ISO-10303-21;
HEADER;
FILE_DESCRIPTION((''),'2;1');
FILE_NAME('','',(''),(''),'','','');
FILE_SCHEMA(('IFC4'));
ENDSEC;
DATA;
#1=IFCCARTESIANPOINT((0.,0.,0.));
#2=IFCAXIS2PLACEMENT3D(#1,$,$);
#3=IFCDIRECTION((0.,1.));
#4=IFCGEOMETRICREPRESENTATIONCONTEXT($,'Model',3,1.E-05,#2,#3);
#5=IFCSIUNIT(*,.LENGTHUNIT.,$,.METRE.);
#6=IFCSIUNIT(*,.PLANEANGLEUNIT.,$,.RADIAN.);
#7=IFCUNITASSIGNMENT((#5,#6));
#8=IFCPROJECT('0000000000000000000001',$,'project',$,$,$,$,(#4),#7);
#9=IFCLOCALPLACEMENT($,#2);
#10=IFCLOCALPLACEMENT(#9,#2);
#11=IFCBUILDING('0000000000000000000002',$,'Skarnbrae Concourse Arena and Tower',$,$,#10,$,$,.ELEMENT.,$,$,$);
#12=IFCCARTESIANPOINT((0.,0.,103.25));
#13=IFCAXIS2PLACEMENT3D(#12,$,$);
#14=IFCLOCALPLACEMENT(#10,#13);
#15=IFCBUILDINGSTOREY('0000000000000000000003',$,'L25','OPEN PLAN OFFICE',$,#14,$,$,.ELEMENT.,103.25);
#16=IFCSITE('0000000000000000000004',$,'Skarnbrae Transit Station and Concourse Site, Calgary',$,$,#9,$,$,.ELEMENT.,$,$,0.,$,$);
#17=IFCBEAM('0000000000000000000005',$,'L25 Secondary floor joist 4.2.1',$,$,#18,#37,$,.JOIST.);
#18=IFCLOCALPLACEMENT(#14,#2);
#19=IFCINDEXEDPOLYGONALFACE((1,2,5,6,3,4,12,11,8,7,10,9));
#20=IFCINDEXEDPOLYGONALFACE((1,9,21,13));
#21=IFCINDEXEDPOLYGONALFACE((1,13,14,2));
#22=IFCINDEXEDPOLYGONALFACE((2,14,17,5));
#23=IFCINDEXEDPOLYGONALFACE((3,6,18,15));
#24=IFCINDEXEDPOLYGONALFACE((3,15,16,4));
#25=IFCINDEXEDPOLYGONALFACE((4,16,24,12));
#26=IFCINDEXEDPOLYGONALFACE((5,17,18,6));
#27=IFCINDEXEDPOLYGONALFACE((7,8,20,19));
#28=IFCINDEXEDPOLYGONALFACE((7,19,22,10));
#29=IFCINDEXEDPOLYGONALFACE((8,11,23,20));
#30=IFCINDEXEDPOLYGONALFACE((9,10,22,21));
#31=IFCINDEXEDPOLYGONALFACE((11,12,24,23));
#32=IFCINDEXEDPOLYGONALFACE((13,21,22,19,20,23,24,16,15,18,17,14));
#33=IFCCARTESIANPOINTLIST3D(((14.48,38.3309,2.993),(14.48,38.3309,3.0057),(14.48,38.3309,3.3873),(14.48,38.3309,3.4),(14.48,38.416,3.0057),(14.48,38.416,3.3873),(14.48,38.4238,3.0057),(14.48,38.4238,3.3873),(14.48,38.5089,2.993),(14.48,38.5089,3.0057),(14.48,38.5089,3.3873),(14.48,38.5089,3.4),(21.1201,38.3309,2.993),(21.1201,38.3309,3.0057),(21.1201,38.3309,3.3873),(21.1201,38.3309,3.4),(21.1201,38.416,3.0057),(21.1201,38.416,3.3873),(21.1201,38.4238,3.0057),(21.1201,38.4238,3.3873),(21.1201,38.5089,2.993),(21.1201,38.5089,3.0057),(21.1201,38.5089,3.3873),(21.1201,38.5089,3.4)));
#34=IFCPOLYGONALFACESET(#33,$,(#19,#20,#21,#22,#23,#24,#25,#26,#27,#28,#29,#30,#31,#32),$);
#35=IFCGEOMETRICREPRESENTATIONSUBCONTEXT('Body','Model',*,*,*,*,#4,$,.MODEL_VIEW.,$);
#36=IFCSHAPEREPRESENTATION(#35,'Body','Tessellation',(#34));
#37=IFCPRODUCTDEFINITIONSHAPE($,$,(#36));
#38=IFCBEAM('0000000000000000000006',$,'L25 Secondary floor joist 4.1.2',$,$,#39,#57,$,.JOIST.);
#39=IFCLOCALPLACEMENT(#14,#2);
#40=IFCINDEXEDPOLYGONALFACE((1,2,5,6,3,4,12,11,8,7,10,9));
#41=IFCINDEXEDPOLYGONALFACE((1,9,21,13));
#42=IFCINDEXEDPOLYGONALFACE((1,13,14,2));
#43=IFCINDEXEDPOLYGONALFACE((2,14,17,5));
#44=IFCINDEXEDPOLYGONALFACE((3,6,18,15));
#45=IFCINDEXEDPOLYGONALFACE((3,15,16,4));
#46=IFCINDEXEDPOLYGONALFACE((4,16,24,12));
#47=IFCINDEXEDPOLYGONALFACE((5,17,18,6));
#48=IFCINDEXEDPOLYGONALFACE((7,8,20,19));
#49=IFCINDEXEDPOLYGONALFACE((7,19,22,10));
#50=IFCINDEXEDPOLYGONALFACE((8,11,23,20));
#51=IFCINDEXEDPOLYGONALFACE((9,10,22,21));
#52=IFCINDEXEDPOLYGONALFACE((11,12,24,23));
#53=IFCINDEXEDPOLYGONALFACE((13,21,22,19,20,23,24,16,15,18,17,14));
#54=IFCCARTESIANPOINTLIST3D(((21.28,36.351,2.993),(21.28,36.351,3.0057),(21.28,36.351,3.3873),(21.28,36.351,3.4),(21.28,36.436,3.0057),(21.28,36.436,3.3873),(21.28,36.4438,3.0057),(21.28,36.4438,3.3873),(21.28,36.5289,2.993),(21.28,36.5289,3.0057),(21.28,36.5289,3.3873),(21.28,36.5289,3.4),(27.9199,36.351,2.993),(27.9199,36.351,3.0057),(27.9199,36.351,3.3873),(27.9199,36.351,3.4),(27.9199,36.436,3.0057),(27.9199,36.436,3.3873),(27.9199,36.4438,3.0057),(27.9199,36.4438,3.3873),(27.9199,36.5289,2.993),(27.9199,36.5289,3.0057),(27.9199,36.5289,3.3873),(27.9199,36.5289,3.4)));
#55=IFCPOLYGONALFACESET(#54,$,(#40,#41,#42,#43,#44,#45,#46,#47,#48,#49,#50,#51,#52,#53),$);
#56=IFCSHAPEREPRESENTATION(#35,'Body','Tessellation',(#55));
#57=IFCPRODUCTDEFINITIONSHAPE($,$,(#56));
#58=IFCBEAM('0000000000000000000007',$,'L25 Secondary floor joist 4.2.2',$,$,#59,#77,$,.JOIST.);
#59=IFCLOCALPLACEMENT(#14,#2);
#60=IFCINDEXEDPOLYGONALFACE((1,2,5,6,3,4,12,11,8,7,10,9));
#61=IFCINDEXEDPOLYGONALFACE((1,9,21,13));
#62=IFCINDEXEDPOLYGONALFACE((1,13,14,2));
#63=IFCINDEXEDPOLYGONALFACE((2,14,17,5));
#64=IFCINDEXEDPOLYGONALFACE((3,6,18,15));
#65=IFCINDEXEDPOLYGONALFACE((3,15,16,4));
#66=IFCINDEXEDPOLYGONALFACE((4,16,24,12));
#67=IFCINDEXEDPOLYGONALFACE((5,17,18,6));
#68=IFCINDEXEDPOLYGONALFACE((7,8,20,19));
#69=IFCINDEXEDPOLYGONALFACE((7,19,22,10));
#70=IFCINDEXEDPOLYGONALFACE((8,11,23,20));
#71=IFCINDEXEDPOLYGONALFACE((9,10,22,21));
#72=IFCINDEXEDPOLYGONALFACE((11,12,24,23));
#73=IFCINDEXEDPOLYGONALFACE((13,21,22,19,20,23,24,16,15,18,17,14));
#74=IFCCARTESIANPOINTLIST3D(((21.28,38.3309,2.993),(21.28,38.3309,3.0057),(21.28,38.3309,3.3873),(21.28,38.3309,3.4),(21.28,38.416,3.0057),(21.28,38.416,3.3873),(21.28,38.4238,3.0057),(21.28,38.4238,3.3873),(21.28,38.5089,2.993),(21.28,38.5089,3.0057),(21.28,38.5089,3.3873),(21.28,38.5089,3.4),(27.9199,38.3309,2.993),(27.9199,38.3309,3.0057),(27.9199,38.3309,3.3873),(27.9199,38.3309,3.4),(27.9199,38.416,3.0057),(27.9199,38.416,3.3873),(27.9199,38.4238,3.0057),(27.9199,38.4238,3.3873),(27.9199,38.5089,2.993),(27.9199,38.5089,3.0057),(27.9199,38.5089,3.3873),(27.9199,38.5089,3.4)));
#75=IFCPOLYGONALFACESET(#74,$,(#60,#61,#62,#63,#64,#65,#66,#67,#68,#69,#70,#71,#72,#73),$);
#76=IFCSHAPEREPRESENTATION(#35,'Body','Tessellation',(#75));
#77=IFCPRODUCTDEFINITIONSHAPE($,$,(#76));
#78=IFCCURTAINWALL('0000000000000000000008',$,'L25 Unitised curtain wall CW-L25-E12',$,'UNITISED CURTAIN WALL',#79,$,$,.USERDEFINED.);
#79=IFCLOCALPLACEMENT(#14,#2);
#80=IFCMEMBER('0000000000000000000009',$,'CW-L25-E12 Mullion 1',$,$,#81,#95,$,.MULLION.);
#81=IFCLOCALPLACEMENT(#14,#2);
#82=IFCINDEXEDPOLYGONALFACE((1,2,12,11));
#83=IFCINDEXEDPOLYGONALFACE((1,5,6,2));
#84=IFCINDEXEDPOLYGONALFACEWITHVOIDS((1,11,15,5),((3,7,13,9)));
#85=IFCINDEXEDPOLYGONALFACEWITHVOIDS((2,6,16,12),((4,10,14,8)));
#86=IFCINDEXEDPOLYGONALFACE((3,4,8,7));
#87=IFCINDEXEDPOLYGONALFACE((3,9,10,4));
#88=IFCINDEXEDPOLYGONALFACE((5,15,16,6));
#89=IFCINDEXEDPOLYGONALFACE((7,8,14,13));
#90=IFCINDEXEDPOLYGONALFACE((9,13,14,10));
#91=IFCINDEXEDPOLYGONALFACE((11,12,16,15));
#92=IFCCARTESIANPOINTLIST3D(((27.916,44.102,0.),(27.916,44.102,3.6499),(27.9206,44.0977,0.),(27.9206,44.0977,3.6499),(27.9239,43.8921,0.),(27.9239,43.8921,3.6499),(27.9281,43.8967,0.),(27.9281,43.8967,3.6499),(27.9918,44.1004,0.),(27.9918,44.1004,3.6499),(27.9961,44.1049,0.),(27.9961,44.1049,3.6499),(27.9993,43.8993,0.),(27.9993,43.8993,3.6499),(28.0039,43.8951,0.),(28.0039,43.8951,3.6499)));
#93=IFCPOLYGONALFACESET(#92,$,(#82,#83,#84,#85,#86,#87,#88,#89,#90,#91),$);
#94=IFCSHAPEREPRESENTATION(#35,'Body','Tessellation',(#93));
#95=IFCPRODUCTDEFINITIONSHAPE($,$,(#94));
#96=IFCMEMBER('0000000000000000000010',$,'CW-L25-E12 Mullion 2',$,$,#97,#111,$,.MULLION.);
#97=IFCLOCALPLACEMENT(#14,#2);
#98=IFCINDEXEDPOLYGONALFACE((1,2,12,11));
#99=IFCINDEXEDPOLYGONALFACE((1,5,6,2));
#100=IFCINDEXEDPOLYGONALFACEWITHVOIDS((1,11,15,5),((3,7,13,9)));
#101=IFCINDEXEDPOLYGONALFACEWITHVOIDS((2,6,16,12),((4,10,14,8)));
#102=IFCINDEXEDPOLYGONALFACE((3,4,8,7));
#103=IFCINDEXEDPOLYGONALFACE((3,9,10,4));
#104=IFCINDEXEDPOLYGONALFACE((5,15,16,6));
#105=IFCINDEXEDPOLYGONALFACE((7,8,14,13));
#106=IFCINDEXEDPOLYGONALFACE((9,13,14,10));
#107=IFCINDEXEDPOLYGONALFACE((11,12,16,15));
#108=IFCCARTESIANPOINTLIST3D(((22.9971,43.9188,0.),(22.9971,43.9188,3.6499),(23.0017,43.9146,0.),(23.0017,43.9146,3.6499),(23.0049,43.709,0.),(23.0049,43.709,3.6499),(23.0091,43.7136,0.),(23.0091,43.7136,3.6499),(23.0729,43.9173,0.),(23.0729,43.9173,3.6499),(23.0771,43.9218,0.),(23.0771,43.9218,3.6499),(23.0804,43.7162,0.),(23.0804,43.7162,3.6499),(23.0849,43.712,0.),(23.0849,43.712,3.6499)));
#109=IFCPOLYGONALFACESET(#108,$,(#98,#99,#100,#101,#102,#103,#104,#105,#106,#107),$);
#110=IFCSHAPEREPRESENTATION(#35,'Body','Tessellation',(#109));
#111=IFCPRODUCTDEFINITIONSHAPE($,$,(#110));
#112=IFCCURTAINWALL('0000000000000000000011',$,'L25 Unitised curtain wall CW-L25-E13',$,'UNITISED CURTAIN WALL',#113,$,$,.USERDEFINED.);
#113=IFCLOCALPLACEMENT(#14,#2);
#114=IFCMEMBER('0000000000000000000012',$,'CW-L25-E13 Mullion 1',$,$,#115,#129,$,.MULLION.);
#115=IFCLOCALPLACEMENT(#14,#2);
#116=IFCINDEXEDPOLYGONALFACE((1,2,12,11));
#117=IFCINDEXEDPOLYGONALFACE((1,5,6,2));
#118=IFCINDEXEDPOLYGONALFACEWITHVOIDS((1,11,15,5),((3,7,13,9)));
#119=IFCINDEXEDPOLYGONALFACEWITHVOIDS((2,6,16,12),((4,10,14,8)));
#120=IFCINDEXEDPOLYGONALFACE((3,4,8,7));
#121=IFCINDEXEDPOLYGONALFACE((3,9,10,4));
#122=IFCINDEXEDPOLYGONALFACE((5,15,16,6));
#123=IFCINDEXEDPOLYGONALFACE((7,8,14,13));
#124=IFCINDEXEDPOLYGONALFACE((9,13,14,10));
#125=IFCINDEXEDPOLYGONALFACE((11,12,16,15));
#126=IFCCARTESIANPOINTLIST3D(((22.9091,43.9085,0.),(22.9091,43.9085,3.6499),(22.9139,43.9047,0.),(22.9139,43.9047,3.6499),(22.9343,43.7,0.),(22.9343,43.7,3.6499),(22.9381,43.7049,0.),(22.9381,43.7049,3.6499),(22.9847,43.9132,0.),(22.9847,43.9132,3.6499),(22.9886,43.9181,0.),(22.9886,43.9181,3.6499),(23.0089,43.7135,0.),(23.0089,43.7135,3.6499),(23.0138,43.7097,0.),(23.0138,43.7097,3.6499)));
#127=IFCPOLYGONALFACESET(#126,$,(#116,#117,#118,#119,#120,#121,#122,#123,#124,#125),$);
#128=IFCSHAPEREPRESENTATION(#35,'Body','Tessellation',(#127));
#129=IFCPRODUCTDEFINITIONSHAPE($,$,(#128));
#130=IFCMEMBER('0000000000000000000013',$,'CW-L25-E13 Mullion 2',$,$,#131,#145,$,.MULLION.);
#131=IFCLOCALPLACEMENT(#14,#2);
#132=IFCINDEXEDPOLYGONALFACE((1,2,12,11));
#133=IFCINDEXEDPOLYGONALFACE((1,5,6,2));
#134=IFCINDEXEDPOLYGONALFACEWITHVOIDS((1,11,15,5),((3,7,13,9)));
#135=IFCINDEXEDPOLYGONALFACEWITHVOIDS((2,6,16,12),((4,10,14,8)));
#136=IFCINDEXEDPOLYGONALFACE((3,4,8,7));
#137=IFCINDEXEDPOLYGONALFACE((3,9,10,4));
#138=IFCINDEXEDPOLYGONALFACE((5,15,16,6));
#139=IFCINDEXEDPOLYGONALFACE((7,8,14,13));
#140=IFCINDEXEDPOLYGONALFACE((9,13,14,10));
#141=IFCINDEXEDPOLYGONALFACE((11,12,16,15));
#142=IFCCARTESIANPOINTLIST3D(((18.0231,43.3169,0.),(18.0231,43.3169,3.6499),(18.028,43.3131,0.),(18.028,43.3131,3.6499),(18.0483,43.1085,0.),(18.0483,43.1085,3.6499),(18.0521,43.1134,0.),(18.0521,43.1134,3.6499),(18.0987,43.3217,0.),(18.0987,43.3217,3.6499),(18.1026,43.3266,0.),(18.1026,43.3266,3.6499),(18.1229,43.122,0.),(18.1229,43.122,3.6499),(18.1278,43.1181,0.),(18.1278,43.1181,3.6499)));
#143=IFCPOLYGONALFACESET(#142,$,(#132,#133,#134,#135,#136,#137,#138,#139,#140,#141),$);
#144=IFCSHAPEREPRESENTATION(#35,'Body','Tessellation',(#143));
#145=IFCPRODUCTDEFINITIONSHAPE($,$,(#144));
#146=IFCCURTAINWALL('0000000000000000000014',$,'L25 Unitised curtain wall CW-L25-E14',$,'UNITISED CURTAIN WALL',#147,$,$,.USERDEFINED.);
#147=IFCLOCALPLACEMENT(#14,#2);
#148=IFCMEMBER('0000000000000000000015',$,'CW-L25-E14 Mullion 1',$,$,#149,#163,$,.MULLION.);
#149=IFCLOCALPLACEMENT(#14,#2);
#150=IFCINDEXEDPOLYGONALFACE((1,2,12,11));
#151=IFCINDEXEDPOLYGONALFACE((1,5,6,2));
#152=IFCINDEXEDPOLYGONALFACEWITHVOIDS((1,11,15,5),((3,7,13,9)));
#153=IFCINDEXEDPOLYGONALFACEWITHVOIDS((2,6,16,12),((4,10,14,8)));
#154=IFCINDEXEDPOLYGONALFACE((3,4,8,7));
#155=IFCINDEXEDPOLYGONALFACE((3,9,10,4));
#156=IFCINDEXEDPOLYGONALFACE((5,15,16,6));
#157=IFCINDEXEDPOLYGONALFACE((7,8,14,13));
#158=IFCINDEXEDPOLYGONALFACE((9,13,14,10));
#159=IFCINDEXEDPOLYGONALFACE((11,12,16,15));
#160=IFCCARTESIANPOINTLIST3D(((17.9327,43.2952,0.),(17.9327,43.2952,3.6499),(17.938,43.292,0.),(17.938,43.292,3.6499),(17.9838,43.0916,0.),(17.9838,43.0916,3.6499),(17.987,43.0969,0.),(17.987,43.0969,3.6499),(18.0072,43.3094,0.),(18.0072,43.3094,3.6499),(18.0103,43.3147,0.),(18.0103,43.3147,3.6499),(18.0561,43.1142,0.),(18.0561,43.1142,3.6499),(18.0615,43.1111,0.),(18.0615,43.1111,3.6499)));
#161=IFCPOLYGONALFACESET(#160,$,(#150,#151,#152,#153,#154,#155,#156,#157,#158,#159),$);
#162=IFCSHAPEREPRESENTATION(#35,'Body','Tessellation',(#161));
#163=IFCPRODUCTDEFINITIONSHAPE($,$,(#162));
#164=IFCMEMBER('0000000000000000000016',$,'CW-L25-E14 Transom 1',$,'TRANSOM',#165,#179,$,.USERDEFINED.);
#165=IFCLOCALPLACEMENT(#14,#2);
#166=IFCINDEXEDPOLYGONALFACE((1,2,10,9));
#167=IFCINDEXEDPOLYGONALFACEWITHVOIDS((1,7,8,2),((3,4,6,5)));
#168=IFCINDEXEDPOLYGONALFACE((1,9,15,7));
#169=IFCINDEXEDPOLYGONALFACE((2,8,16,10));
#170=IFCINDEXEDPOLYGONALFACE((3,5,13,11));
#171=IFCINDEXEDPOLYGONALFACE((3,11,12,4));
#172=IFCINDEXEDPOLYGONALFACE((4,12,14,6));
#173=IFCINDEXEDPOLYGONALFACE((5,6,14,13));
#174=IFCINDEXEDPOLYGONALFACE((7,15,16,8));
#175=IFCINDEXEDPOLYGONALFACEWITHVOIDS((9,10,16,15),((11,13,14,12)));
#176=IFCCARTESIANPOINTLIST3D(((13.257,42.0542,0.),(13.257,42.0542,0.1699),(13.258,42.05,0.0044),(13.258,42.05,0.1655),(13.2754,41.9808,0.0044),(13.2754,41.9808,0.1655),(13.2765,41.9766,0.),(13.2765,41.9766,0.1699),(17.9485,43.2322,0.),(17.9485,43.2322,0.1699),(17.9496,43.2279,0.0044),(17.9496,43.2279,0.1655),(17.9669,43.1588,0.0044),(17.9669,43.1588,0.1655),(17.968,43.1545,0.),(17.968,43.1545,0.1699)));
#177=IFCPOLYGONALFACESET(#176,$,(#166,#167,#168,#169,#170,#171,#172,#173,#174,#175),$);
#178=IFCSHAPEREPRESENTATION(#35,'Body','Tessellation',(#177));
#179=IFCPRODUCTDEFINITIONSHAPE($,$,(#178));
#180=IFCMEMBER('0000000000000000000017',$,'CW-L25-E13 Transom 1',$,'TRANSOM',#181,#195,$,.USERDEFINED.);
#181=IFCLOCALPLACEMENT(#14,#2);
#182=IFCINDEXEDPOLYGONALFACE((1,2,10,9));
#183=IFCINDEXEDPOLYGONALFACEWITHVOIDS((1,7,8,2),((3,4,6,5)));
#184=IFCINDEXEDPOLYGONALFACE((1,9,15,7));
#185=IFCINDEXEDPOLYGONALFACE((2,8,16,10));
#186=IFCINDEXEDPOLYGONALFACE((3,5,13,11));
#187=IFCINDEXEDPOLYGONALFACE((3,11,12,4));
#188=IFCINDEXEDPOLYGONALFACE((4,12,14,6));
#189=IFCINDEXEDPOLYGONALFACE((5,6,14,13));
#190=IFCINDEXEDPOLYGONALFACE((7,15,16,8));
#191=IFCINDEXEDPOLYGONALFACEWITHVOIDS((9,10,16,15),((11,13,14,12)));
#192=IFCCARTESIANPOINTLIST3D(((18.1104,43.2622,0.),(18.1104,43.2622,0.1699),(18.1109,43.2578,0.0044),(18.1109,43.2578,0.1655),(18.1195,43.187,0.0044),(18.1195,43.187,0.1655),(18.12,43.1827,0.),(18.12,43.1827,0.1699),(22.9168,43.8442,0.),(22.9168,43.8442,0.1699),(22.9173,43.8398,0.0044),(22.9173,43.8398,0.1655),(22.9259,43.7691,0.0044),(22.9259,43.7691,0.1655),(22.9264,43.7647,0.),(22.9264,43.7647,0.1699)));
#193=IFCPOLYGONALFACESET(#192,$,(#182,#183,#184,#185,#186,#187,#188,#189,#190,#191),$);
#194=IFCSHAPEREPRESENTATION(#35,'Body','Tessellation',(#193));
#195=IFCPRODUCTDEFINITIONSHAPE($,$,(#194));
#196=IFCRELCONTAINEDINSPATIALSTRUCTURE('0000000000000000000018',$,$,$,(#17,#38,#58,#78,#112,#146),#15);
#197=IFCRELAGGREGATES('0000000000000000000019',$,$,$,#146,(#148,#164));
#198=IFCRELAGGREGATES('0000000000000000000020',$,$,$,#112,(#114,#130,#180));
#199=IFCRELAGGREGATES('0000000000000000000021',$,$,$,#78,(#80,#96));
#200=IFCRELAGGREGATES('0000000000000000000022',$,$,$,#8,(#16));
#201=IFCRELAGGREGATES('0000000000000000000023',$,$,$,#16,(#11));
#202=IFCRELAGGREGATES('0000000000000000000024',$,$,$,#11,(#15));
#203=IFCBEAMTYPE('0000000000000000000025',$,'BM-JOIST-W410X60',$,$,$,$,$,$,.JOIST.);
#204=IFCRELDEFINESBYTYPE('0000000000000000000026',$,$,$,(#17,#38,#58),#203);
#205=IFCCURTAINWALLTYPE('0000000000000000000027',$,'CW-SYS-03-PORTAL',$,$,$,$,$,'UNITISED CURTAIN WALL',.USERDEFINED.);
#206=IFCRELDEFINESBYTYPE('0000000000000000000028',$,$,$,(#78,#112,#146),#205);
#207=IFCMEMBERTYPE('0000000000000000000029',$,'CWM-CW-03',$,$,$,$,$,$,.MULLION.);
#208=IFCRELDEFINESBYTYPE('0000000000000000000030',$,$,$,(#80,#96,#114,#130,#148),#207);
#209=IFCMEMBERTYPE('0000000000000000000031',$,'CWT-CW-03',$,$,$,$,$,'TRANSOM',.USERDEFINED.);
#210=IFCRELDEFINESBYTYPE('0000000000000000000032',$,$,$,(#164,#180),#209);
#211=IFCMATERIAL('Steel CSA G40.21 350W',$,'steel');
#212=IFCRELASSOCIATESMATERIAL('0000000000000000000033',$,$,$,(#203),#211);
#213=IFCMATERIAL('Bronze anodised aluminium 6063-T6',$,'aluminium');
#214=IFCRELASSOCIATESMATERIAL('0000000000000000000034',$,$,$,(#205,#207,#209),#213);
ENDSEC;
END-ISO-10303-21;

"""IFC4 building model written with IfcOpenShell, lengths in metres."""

from ifc_helpers import new_model, si_unit, direction, frame, origin, origin_2d, place, context, subcontext, project, spatial, hollow_rectangle, i_section, extrude, source, transform, mapped, material, material_profile, profile_set, type_object, element, aggregate, save


model = new_model("IFC4")

# Units and contexts
model_context = context("Model", 3, precision=1e-05, world=origin(), true_north=direction((0.0, 1.0)))
body_context = subcontext(model_context, "Body", "Model", "MODEL_VIEW")
ifc_project = project(units=[si_unit("LENGTHUNIT", "METRE"), si_unit("PLANEANGLEUNIT", "RADIAN")], contexts=[model_context])

# Site, building, storey
site_placement = place(None, origin())
site = spatial("IfcSite", under=ifc_project, at=site_placement, Name="Skarnbrae Transit Station and Concourse Site, Calgary", CompositionType="ELEMENT", RefElevation=0.0)
building_placement = place(site_placement, origin())
building = spatial("IfcBuilding", under=site, at=building_placement, Name="Skarnbrae Concourse Arena and Tower", CompositionType="ELEMENT")
storey_placement = place(building_placement, frame((0.0, 0.0, 103.25)))
storey = spatial("IfcBuildingStorey", under=building, at=storey_placement, Name="L25", Description="OPEN PLAN OFFICE", CompositionType="ELEMENT", Elevation=103.25)

# Shared definitions
ifc_material_1 = material(Name="Steel CSA G40.21 350W", Category="steel")

# Beams
ifc_material_profile_1 = material_profile(ifc_material_1, i_section(OverallWidth=0.178, OverallDepth=0.407, WebThickness=0.0078, FlangeThickness=0.0127, at=origin_2d()), Name="W410X60")
ifc_profile_set_1 = profile_set([ifc_material_profile_1], Name="Steel CSA G40.21 350W")
beam_type_1 = type_object("IfcBeamType", Name="BM-JOIST-W410X60", PredefinedType="JOIST", material=ifc_profile_set_1)
shared_shape_1 = source(origin(), body_context, "Body", "SweptSolid", [
    extrude(i_section(OverallWidth=0.178, OverallDepth=0.407, WebThickness=0.0078, FlangeThickness=0.0127, at=origin_2d()), origin(), (0.0, 0.0, 1.0), 6.6401),
])
for number, where, z_axis, x_axis, name in (
    (1, (14.48, 38.4199, 3.1965), (1.0, 0.0, 0.0), (0.0, 1.0, 0.0), "L25 Secondary floor joist 4.2.1"),
):
    element("IfcBeam", number, at=place(storey_placement, frame(where, z_axis=z_axis, x_axis=x_axis)), inside=storey, type_object=beam_type_1, Name=name, PredefinedType="JOIST", context=body_context, shape_type="MappedRepresentation", body=[
        mapped(shared_shape_1, transform((0.0, 0.0, 0.0))),
    ])
shared_shape_2 = source(origin(), body_context, "Body", "SweptSolid", [
    extrude(i_section(OverallWidth=0.178, OverallDepth=0.407, WebThickness=0.0078, FlangeThickness=0.0127, at=origin_2d()), origin(), (0.0, 0.0, 1.0), 6.6399),
])
for number, where, z_axis, x_axis, name in (
    (2, (21.28, 36.4399, 3.1965), (1.0, 0.0, 0.0), (0.0, 1.0, 0.0), "L25 Secondary floor joist 4.1.2"),
    (3, (21.28, 38.4199, 3.1965), (1.0, 0.0, 0.0), (0.0, 1.0, 0.0), "L25 Secondary floor joist 4.2.2"),
):
    element("IfcBeam", number, at=place(storey_placement, frame(where, z_axis=z_axis, x_axis=x_axis)), inside=storey, type_object=beam_type_1, Name=name, PredefinedType="JOIST", context=body_context, shape_type="MappedRepresentation", body=[
        mapped(shared_shape_2, transform((0.0, 0.0, 0.0))),
    ])

# Curtain walls, members
ifc_material_2 = material(Name="Bronze anodised aluminium 6063-T6", Category="aluminium")
curtain_wall_type = type_object("IfcCurtainWallType", Name="CW-SYS-03-PORTAL", ElementType="UNITISED CURTAIN WALL", PredefinedType="USERDEFINED", material=ifc_material_2)
curtain_wall_1_placement = place(storey_placement, origin())
curtain_wall_1 = element("IfcCurtainWall", 4, at=curtain_wall_1_placement, inside=storey, type_object=curtain_wall_type, Name="L25 Unitised curtain wall CW-L25-E12", ObjectType="UNITISED CURTAIN WALL", PredefinedType="USERDEFINED")
ifc_material_profile_2 = material_profile(ifc_material_2, hollow_rectangle(XDim=0.0801, YDim=0.21, WallThickness=0.0044, at=origin_2d()), Name="ALU-MULL-80X210")
ifc_profile_set_2 = profile_set([ifc_material_profile_2], Name="Bronze anodised aluminium 6063-T6")
member_type_1 = type_object("IfcMemberType", Name="CWM-CW-03", PredefinedType="MULLION", material=ifc_profile_set_2)
shared_shape_3 = source(origin(), body_context, "Body", "SweptSolid", [
    extrude(hollow_rectangle(XDim=0.0801, YDim=0.21, WallThickness=0.0044, at=origin_2d()), origin(), (0.0, 0.0, 1.0), 3.6499),
])
member_1_placement = place(storey_placement, frame((27.96, 43.9985, 0.0), z_axis=(0.0, 0.0, 1.0), x_axis=(-0.999308, -0.037183, 0.0)))
member_1 = element("IfcMember", 5, at=member_1_placement, type_object=member_type_1, Name="CW-L25-E12 Mullion 1", PredefinedType="MULLION", context=body_context, shape_type="MappedRepresentation", body=[
    mapped(shared_shape_3, transform((0.0, 0.0, 0.0))),
])
member_2_placement = place(storey_placement, frame((23.041, 43.8154, 0.0), z_axis=(0.0, 0.0, 1.0), x_axis=(-0.999308, -0.037183, 0.0)))
member_2 = element("IfcMember", 6, at=member_2_placement, type_object=member_type_1, Name="CW-L25-E12 Mullion 2", PredefinedType="MULLION", context=body_context, shape_type="MappedRepresentation", body=[
    mapped(shared_shape_3, transform((0.0, 0.0, 0.0))),
])
curtain_wall_2_placement = place(storey_placement, origin())
curtain_wall_2 = element("IfcCurtainWall", 7, at=curtain_wall_2_placement, inside=storey, type_object=curtain_wall_type, Name="L25 Unitised curtain wall CW-L25-E13", ObjectType="UNITISED CURTAIN WALL", PredefinedType="USERDEFINED")
member_3_placement = place(storey_placement, frame((22.9614, 43.8091, 0.0), z_axis=(0.0, 0.0, 1.0), x_axis=(-0.992749, -0.120203, 0.0)))
member_3 = element("IfcMember", 8, at=member_3_placement, type_object=member_type_1, Name="CW-L25-E13 Mullion 1", PredefinedType="MULLION", context=body_context, shape_type="MappedRepresentation", body=[
    mapped(shared_shape_3, transform((0.0, 0.0, 0.0))),
])
member_4_placement = place(storey_placement, frame((18.0754, 43.2175, 0.0), z_axis=(0.0, 0.0, 1.0), x_axis=(-0.992749, -0.120203, 0.0)))
member_4 = element("IfcMember", 9, at=member_4_placement, type_object=member_type_1, Name="CW-L25-E13 Mullion 2", PredefinedType="MULLION", context=body_context, shape_type="MappedRepresentation", body=[
    mapped(shared_shape_3, transform((0.0, 0.0, 0.0))),
])
curtain_wall_3_placement = place(storey_placement, origin())
curtain_wall_3 = element("IfcCurtainWall", 10, at=curtain_wall_3_placement, inside=storey, type_object=curtain_wall_type, Name="L25 Unitised curtain wall CW-L25-E14", ObjectType="UNITISED CURTAIN WALL", PredefinedType="USERDEFINED")
member_5_placement = place(storey_placement, frame((17.9971, 43.2031, 0.0), z_axis=(0.0, 0.0, 1.0), x_axis=(-0.969903, -0.243491, 0.0)))
member_5 = element("IfcMember", 11, at=member_5_placement, type_object=member_type_1, Name="CW-L25-E14 Mullion 1", PredefinedType="MULLION", context=body_context, shape_type="MappedRepresentation", body=[
    mapped(shared_shape_3, transform((0.0, 0.0, 0.0))),
])
ifc_material_profile_3 = material_profile(ifc_material_2, hollow_rectangle(XDim=0.0801, YDim=0.1699, WallThickness=0.0044, at=origin_2d()), Name="ALU-TRAN-80X170")
ifc_profile_set_3 = profile_set([ifc_material_profile_3], Name="Bronze anodised aluminium 6063-T6")
member_type_2 = type_object("IfcMemberType", Name="CWT-CW-03", ElementType="TRANSOM", PredefinedType="USERDEFINED", material=ifc_profile_set_3)
shared_shape_4 = source(origin(), body_context, "Body", "SweptSolid", [
    extrude(hollow_rectangle(XDim=0.0801, YDim=0.1699, WallThickness=0.0044, at=origin_2d()), origin(), (0.0, 0.0, 1.0), 4.8372),
])
member_6_placement = place(storey_placement, frame((17.9583, 43.1934, 0.085), z_axis=(-0.969896, -0.243521, 0.0), x_axis=(0.243521, -0.969896, 0.0)))
member_6 = element("IfcMember", 12, at=member_6_placement, type_object=member_type_2, Name="CW-L25-E14 Transom 1", ObjectType="TRANSOM", PredefinedType="USERDEFINED", context=body_context, shape_type="MappedRepresentation", body=[
    mapped(shared_shape_4, transform((0.0, 0.0, 0.0))),
])

# Member
shared_shape_5 = source(origin(), body_context, "Body", "SweptSolid", [
    extrude(hollow_rectangle(XDim=0.0801, YDim=0.1699, WallThickness=0.0044, at=origin_2d()), origin(), (0.0, 0.0, 1.0), 4.8416),
])
member_7_placement = place(storey_placement, frame((22.9216, 43.8044, 0.085), z_axis=(-0.992748, -0.120217, 0.0), x_axis=(0.120217, -0.992748, 0.0)))
member_7 = element("IfcMember", 13, at=member_7_placement, type_object=member_type_2, Name="CW-L25-E13 Transom 1", ObjectType="TRANSOM", PredefinedType="USERDEFINED", context=body_context, shape_type="MappedRepresentation", body=[
    mapped(shared_shape_5, transform((0.0, 0.0, 0.0))),
])

aggregate(curtain_wall_3, [member_5, member_6])
aggregate(curtain_wall_2, [member_3, member_4, member_7])
aggregate(curtain_wall_1, [member_1, member_2])

save(model, "model.ifc")
